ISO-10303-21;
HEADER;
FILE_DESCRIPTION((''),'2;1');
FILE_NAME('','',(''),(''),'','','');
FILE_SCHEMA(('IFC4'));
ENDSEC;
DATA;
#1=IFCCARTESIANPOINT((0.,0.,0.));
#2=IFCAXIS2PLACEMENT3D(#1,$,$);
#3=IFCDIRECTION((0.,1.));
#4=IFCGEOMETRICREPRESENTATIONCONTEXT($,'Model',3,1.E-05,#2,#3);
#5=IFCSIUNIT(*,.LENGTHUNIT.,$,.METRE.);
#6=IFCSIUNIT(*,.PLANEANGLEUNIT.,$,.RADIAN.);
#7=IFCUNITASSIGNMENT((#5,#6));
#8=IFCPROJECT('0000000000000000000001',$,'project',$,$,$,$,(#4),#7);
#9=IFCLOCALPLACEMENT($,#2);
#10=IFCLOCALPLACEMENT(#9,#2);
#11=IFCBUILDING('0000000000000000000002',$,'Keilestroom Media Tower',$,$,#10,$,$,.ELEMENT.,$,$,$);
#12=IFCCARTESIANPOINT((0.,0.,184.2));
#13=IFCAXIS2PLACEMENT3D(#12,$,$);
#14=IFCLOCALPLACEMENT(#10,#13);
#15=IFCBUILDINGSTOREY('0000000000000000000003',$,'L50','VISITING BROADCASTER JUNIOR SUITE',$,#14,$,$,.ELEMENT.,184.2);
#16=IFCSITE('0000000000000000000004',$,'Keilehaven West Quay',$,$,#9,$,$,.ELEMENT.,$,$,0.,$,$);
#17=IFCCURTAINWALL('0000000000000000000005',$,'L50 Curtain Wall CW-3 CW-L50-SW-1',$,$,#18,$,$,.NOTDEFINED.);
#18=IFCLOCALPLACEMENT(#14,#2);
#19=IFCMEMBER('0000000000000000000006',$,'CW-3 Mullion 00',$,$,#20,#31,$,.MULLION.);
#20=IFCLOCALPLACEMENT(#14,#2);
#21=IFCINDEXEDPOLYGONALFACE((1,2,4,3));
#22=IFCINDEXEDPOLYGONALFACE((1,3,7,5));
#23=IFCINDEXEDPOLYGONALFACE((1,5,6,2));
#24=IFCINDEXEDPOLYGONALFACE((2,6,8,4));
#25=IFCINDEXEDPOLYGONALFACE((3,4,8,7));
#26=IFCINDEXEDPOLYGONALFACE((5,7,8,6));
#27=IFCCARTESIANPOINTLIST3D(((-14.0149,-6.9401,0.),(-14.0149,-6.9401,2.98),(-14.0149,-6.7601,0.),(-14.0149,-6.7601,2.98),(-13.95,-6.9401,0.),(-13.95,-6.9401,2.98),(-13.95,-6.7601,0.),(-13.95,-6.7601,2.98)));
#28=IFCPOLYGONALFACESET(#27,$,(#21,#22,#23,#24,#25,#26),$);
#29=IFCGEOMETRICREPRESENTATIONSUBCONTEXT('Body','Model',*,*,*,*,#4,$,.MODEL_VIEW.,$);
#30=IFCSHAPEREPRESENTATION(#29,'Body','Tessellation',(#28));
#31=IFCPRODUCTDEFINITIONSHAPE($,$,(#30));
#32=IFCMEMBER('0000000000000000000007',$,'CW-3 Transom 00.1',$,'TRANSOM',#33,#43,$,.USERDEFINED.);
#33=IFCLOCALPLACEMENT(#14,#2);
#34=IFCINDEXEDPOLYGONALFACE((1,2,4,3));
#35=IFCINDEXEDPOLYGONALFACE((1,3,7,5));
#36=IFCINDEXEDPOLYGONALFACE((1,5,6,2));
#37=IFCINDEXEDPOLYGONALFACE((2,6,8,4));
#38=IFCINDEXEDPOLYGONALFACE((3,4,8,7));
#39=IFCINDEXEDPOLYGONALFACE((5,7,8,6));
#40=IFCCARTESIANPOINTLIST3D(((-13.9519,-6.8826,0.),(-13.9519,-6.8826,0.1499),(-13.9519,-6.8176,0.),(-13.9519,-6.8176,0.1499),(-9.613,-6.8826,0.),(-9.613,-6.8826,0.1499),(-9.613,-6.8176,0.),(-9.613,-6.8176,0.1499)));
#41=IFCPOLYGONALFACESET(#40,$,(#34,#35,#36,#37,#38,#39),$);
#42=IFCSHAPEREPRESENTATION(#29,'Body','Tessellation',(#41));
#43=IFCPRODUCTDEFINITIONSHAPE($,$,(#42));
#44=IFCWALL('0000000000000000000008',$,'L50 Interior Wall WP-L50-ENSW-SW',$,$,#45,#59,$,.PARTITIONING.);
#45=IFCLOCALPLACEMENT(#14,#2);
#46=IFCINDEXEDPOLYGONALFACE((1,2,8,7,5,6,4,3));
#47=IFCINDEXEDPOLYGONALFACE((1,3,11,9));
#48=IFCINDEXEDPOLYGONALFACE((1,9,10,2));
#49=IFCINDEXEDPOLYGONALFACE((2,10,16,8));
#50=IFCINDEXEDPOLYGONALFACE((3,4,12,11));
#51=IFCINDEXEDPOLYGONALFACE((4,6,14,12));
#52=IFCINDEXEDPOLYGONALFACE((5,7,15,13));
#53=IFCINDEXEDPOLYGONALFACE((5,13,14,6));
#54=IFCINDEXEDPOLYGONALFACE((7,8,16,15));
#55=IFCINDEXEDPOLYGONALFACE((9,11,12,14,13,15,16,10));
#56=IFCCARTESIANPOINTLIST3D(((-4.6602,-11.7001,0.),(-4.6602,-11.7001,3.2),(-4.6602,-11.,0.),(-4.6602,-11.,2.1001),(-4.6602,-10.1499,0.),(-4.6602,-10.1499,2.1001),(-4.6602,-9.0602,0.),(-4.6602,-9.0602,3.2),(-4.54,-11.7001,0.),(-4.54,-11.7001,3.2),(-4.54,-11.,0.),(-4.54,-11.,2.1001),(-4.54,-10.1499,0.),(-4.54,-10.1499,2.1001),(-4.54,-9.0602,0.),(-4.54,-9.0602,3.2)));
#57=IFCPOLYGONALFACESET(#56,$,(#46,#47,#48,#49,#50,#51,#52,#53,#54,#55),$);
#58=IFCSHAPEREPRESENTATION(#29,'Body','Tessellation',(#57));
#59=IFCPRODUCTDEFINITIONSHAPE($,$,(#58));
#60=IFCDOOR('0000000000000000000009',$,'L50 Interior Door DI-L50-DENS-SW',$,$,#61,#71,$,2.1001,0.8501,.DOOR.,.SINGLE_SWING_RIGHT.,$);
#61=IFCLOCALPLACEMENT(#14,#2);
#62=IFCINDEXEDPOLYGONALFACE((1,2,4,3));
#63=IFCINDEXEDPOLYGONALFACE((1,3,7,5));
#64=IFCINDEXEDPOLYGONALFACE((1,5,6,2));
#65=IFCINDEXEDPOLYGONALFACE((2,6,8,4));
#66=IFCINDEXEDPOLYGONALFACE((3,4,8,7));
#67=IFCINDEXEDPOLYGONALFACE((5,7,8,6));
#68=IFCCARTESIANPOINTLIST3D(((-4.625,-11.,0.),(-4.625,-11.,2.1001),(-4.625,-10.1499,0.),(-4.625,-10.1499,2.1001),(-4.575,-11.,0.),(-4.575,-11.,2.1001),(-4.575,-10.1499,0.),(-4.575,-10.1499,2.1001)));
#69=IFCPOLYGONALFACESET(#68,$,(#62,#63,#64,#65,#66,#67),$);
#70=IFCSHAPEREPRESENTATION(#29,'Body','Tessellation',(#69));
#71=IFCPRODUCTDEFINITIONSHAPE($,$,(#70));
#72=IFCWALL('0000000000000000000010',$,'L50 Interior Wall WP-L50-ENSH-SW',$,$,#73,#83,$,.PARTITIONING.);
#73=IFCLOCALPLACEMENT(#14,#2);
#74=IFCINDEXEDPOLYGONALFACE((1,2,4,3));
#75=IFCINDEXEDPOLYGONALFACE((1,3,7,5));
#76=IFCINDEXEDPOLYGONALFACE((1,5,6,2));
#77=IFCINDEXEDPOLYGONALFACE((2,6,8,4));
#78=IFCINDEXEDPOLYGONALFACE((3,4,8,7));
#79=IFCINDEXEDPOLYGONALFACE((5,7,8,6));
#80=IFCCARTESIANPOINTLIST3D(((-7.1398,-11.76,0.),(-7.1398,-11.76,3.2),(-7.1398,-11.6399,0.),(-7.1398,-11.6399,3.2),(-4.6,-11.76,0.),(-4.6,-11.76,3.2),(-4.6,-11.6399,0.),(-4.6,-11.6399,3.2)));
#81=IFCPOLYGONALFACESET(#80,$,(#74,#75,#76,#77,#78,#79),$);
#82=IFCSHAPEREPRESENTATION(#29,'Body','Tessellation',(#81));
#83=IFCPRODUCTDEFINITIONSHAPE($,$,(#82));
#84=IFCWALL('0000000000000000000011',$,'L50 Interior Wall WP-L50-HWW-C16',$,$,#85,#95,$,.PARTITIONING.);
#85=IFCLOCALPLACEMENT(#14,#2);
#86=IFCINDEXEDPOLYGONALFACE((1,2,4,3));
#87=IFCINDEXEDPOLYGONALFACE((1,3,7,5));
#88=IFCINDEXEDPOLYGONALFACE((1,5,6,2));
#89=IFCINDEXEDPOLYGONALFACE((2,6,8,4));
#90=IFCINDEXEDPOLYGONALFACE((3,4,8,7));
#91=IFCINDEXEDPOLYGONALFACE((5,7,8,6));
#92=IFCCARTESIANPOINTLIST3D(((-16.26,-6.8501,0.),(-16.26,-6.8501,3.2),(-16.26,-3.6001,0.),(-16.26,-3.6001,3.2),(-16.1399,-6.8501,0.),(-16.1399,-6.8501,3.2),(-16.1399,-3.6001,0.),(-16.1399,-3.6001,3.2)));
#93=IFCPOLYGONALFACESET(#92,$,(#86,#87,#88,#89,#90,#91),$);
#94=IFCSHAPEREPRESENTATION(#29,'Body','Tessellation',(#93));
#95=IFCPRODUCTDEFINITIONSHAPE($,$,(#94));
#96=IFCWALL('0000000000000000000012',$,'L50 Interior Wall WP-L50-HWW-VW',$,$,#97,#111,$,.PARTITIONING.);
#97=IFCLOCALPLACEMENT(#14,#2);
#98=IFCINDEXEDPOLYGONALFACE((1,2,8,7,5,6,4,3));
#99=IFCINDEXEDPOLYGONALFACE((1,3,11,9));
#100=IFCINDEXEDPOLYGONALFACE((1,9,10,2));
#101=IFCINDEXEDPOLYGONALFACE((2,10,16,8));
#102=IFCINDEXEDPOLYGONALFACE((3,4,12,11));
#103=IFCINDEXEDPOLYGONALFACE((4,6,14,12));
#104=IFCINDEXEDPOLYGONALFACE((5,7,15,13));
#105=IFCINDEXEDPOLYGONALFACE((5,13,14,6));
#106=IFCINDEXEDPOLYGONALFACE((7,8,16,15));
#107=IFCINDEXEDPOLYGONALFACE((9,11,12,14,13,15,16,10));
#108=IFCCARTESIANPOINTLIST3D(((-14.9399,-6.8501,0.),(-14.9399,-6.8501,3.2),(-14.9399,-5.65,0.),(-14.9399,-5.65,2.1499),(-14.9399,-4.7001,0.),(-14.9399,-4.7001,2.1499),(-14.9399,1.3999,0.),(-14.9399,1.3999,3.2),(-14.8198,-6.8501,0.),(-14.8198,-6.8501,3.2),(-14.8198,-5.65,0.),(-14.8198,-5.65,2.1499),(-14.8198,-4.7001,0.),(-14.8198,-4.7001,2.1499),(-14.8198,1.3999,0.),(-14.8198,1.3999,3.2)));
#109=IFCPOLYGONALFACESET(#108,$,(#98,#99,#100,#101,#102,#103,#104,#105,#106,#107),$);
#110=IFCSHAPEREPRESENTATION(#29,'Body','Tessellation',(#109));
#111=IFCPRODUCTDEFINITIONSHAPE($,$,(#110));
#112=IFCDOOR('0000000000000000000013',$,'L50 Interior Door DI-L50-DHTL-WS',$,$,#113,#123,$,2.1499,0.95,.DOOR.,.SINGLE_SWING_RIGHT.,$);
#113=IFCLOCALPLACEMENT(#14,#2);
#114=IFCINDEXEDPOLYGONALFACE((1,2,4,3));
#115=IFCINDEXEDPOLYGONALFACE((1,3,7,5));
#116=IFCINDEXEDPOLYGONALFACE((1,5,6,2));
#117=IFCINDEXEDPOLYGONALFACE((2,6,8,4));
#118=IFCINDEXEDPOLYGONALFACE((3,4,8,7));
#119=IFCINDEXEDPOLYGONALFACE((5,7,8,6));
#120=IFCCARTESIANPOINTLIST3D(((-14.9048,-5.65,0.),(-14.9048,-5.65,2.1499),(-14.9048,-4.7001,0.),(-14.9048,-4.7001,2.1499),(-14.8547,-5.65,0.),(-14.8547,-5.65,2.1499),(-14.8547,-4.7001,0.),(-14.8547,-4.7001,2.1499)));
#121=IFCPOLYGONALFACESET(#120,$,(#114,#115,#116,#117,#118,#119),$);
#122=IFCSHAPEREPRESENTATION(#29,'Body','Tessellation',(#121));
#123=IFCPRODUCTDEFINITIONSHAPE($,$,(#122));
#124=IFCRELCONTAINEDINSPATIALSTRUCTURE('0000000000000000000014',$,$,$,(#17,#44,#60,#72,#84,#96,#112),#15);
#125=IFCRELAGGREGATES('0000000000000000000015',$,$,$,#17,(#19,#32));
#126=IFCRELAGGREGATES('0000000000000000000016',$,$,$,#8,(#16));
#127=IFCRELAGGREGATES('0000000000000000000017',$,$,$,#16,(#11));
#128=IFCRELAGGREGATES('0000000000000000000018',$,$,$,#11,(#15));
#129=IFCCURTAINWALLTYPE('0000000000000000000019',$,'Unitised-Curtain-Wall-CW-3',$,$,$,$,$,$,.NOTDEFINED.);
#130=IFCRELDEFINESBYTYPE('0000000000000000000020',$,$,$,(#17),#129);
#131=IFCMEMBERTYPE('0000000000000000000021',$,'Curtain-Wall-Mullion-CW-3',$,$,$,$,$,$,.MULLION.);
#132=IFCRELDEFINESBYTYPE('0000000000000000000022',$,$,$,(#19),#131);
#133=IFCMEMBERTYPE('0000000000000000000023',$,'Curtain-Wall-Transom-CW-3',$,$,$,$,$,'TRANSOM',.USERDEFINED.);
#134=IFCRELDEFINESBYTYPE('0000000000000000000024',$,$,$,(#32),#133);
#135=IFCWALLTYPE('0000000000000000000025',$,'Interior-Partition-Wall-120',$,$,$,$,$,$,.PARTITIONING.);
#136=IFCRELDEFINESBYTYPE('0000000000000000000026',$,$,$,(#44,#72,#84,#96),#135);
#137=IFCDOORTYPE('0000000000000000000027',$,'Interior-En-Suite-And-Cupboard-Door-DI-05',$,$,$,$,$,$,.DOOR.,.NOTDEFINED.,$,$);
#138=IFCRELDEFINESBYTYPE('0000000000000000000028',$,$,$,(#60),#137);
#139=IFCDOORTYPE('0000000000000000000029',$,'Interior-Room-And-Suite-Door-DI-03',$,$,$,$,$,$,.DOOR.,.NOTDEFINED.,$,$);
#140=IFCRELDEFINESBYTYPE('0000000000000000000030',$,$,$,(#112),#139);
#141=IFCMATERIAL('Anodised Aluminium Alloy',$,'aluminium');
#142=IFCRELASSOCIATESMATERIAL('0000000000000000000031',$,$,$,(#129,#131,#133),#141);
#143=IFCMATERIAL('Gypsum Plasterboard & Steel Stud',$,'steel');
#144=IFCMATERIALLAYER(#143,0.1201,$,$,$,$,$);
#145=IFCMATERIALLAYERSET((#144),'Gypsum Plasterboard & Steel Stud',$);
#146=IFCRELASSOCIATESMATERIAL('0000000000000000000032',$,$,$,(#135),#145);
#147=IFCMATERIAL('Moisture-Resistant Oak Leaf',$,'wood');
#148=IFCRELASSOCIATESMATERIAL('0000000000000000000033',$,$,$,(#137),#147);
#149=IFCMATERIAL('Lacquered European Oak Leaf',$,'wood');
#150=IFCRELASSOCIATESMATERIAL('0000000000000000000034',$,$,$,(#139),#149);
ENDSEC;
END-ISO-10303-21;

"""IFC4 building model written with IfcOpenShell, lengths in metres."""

from ifc_helpers import new_model, si_unit, direction, frame, frame_2d, origin, origin_2d, place, context, subcontext, project, spatial, rectangle, extrude, source, transform, mapped, material, layer, layer_set, material_profile, profile_set, type_object, element, fill, aggregate, save


model = new_model("IFC4")

# Units and contexts
model_context = context("Model", 3, precision=1e-05, world=origin(), true_north=direction((0.0, 1.0)))
body_context = subcontext(model_context, "Body", "Model", "MODEL_VIEW")
ifc_project = project(units=[si_unit("LENGTHUNIT", "METRE"), si_unit("PLANEANGLEUNIT", "RADIAN")], contexts=[model_context])

# Site, building, storey
site_placement = place(None, origin())
site = spatial("IfcSite", under=ifc_project, at=site_placement, Name="Keilehaven West Quay", CompositionType="ELEMENT", RefElevation=0.0)
building_placement = place(site_placement, origin())
building = spatial("IfcBuilding", under=site, at=building_placement, Name="Keilestroom Media Tower", CompositionType="ELEMENT")
storey_placement = place(building_placement, frame((0.0, 0.0, 184.2)))
storey = spatial("IfcBuildingStorey", under=building, at=storey_placement, Name="L50", Description="VISITING BROADCASTER JUNIOR SUITE", CompositionType="ELEMENT", Elevation=184.2)

# Curtain wall, members
ifc_material_1 = material(Name="Anodised Aluminium Alloy", Category="aluminium")
curtain_wall_type = type_object("IfcCurtainWallType", Name="Unitised-Curtain-Wall-CW-3", PredefinedType="NOTDEFINED", material=ifc_material_1)
curtain_wall_placement = place(storey_placement, origin())
curtain_wall = element("IfcCurtainWall", 1, at=curtain_wall_placement, inside=storey, type_object=curtain_wall_type, Name="L50 Curtain Wall CW-3 CW-L50-SW-1", PredefinedType="NOTDEFINED")
ifc_material_profile_1 = material_profile(ifc_material_1, rectangle(XDim=0.0649, YDim=0.1799, at=origin_2d()), Name="ALU MULLION 65x180")
ifc_profile_set_1 = profile_set([ifc_material_profile_1], Name="Anodised Aluminium Alloy")
member_type_1 = type_object("IfcMemberType", Name="Curtain-Wall-Mullion-CW-3", PredefinedType="MULLION", material=ifc_profile_set_1)
shared_shape_1 = source(origin(), body_context, "Body", "SweptSolid", [
    extrude(rectangle(XDim=0.0649, YDim=0.1799, at=origin_2d()), origin(), (0.0, 0.0, 1.0), 2.98),
])
member_1_placement = place(storey_placement, frame((-13.9824, -6.8501, 0.0), z_axis=(0.0, 0.0, 1.0), x_axis=(1.0, 0.0, 0.0)))
member_1 = element("IfcMember", 2, at=member_1_placement, type_object=member_type_1, Name="CW-3 Mullion 00", PredefinedType="MULLION", context=body_context, shape_type="MappedRepresentation", body=[
    mapped(shared_shape_1, transform((0.0, 0.0, 0.0), x_axis=(1.0, 0.0, 0.0), y_axis=(0.0, 1.0, 0.0), z_axis=(0.0, 0.0, 1.0), scale=1.0)),
])
ifc_material_profile_2 = material_profile(ifc_material_1, rectangle(XDim=0.0649, YDim=0.1499, at=origin_2d()), Name="ALU TRANSOM 65x150")
ifc_profile_set_2 = profile_set([ifc_material_profile_2], Name="Anodised Aluminium Alloy")
member_type_2 = type_object("IfcMemberType", Name="Curtain-Wall-Transom-CW-3", ElementType="TRANSOM", PredefinedType="USERDEFINED", material=ifc_profile_set_2)
shared_shape_2 = source(origin(), body_context, "Body", "SweptSolid", [
    extrude(rectangle(XDim=0.0649, YDim=0.1499, at=origin_2d()), origin(), (0.0, 0.0, 1.0), 4.3389),
])
member_2_placement = place(storey_placement, frame((-13.9519, -6.8501, 0.075), z_axis=(1.0, 0.0, 0.0), x_axis=(0.0, 1.0, 0.0)))
member_2 = element("IfcMember", 3, at=member_2_placement, type_object=member_type_2, Name="CW-3 Transom 00.1", ObjectType="TRANSOM", PredefinedType="USERDEFINED", context=body_context, shape_type="MappedRepresentation", body=[
    mapped(shared_shape_2, transform((0.0, 0.0, 0.0), x_axis=(1.0, 0.0, 0.0), y_axis=(0.0, 1.0, 0.0), z_axis=(0.0, 0.0, 1.0), scale=1.0)),
])
aggregate(curtain_wall, [member_1, member_2])

# Wall, opening, door
ifc_material_2 = material(Name="Gypsum Plasterboard & Steel Stud", Category="steel")
ifc_layer_1 = layer(ifc_material_2, 0.1201)
ifc_layer_set_1 = layer_set([ifc_layer_1], Name="Gypsum Plasterboard & Steel Stud")
wall_type_1 = type_object("IfcWallType", Name="Interior-Partition-Wall-120", PredefinedType="PARTITIONING", material=ifc_layer_set_1)
wall_1_placement = place(storey_placement, frame((-4.6001, -11.7, 0.0), z_axis=(0.0, 0.0, 1.0), x_axis=(0.0, 1.0, 0.0)))
wall_1 = element("IfcWall", 4, at=wall_1_placement, inside=storey, type_object=wall_type_1, Name="L50 Interior Wall WP-L50-ENSW-SW", PredefinedType="PARTITIONING", context=body_context, shape_type="SweptSolid", body=[
    extrude(rectangle(XDim=2.6399, YDim=0.1201, at=frame_2d((1.3198, 0.0))), origin(), (0.0, 0.0, 1.0), 3.2),
])
opening_1_placement = place(wall_1_placement, frame((0.7, 0.0, 0.0)))
opening_1 = element("IfcOpeningElement", 5, at=opening_1_placement, cuts=wall_1, PredefinedType="OPENING", context=body_context, shape_type="SweptSolid", body=[
    extrude(rectangle(XDim=0.8501, YDim=2.1001, at=frame_2d((0.425, 1.05))), frame((0.0, 0.0701, 0.0), z_axis=(0.0, -1.0, 0.0), x_axis=(1.0, 0.0, 0.0)), (0.0, 0.0, 1.0), 0.1401),
])
ifc_material_3 = material(Name="Moisture-Resistant Oak Leaf", Category="wood")
door_type_1 = type_object("IfcDoorType", Name="Interior-En-Suite-And-Cupboard-Door-DI-05", OperationType="NOTDEFINED", PredefinedType="DOOR", material=ifc_material_3)
shared_shape_3 = source(origin(), body_context, "Body", "SweptSolid", [
    extrude(rectangle(XDim=0.8501, YDim=2.1001, at=frame_2d((0.425, 1.05))), frame((0.0, 0.0249, 0.0), z_axis=(0.0, -1.0, 0.0), x_axis=(1.0, 0.0, 0.0)), (0.0, 0.0, 1.0), 0.05),
])
door_1_placement = place(opening_1_placement, origin())
door_1 = element("IfcDoor", 6, at=door_1_placement, inside=storey, type_object=door_type_1, Name="L50 Interior Door DI-L50-DENS-SW", OperationType="SINGLE_SWING_RIGHT", OverallHeight=2.1001, OverallWidth=0.8501, PredefinedType="DOOR", context=body_context, shape_type="MappedRepresentation", body=[
    mapped(shared_shape_3, transform((0.0, 0.0, 0.0), x_axis=(1.0, 0.0, 0.0), y_axis=(0.0, 1.0, 0.0), z_axis=(0.0, 0.0, 1.0), scale=1.0)),
])
fill(opening_1, door_1)

# Walls
wall_2_placement = place(storey_placement, frame((-7.1399, -11.7, 0.0), z_axis=(0.0, 0.0, 1.0), x_axis=(1.0, 0.0, 0.0)))
element("IfcWall", 7, at=wall_2_placement, inside=storey, type_object=wall_type_1, Name="L50 Interior Wall WP-L50-ENSH-SW", PredefinedType="PARTITIONING", context=body_context, shape_type="SweptSolid", body=[
    extrude(rectangle(XDim=2.5398, YDim=0.1201, at=frame_2d((1.27, 0.0))), origin(), (0.0, 0.0, 1.0), 3.2),
])
wall_3_placement = place(storey_placement, frame((-16.2, -6.8501, 0.0), z_axis=(0.0, 0.0, 1.0), x_axis=(0.0, 1.0, 0.0)))
element("IfcWall", 8, at=wall_3_placement, inside=storey, type_object=wall_type_1, Name="L50 Interior Wall WP-L50-HWW-C16", PredefinedType="PARTITIONING", context=body_context, shape_type="SweptSolid", body=[
    extrude(rectangle(XDim=3.25, YDim=0.1201, at=frame_2d((1.625, 0.0))), origin(), (0.0, 0.0, 1.0), 3.2),
])

# Wall, opening, door
wall_4_placement = place(storey_placement, frame((-14.8799, -6.8501, 0.0), z_axis=(0.0, 0.0, 1.0), x_axis=(0.0, 1.0, 0.0)))
wall_4 = element("IfcWall", 9, at=wall_4_placement, inside=storey, type_object=wall_type_1, Name="L50 Interior Wall WP-L50-HWW-VW", PredefinedType="PARTITIONING", context=body_context, shape_type="SweptSolid", body=[
    extrude(rectangle(XDim=8.25, YDim=0.1201, at=frame_2d((4.125, 0.0))), origin(), (0.0, 0.0, 1.0), 3.2),
])
opening_2_placement = place(wall_4_placement, frame((1.2, 0.0, 0.0)))
opening_2 = element("IfcOpeningElement", 10, at=opening_2_placement, cuts=wall_4, PredefinedType="OPENING", context=body_context, shape_type="SweptSolid", body=[
    extrude(rectangle(XDim=0.95, YDim=2.1499, at=frame_2d((0.4751, 1.075))), frame((0.0, 0.0701, 0.0), z_axis=(0.0, -1.0, 0.0), x_axis=(1.0, 0.0, 0.0)), (0.0, 0.0, 1.0), 0.1401),
])
ifc_material_4 = material(Name="Lacquered European Oak Leaf", Category="wood")
door_type_2 = type_object("IfcDoorType", Name="Interior-Room-And-Suite-Door-DI-03", OperationType="NOTDEFINED", PredefinedType="DOOR", material=ifc_material_4)
shared_shape_4 = source(origin(), body_context, "Body", "SweptSolid", [
    extrude(rectangle(XDim=0.95, YDim=2.1499, at=frame_2d((0.4751, 1.075))), frame((0.0, 0.0249, 0.0), z_axis=(0.0, -1.0, 0.0), x_axis=(1.0, 0.0, 0.0)), (0.0, 0.0, 1.0), 0.05),
])
door_2_placement = place(opening_2_placement, origin())
door_2 = element("IfcDoor", 11, at=door_2_placement, inside=storey, type_object=door_type_2, Name="L50 Interior Door DI-L50-DHTL-WS", OperationType="SINGLE_SWING_RIGHT", OverallHeight=2.1499, OverallWidth=0.95, PredefinedType="DOOR", context=body_context, shape_type="MappedRepresentation", body=[
    mapped(shared_shape_4, transform((0.0, 0.0, 0.0), x_axis=(1.0, 0.0, 0.0), y_axis=(0.0, 1.0, 0.0), z_axis=(0.0, 0.0, 1.0), scale=1.0)),
])
fill(opening_2, door_2)

save(model, "model.ifc")
